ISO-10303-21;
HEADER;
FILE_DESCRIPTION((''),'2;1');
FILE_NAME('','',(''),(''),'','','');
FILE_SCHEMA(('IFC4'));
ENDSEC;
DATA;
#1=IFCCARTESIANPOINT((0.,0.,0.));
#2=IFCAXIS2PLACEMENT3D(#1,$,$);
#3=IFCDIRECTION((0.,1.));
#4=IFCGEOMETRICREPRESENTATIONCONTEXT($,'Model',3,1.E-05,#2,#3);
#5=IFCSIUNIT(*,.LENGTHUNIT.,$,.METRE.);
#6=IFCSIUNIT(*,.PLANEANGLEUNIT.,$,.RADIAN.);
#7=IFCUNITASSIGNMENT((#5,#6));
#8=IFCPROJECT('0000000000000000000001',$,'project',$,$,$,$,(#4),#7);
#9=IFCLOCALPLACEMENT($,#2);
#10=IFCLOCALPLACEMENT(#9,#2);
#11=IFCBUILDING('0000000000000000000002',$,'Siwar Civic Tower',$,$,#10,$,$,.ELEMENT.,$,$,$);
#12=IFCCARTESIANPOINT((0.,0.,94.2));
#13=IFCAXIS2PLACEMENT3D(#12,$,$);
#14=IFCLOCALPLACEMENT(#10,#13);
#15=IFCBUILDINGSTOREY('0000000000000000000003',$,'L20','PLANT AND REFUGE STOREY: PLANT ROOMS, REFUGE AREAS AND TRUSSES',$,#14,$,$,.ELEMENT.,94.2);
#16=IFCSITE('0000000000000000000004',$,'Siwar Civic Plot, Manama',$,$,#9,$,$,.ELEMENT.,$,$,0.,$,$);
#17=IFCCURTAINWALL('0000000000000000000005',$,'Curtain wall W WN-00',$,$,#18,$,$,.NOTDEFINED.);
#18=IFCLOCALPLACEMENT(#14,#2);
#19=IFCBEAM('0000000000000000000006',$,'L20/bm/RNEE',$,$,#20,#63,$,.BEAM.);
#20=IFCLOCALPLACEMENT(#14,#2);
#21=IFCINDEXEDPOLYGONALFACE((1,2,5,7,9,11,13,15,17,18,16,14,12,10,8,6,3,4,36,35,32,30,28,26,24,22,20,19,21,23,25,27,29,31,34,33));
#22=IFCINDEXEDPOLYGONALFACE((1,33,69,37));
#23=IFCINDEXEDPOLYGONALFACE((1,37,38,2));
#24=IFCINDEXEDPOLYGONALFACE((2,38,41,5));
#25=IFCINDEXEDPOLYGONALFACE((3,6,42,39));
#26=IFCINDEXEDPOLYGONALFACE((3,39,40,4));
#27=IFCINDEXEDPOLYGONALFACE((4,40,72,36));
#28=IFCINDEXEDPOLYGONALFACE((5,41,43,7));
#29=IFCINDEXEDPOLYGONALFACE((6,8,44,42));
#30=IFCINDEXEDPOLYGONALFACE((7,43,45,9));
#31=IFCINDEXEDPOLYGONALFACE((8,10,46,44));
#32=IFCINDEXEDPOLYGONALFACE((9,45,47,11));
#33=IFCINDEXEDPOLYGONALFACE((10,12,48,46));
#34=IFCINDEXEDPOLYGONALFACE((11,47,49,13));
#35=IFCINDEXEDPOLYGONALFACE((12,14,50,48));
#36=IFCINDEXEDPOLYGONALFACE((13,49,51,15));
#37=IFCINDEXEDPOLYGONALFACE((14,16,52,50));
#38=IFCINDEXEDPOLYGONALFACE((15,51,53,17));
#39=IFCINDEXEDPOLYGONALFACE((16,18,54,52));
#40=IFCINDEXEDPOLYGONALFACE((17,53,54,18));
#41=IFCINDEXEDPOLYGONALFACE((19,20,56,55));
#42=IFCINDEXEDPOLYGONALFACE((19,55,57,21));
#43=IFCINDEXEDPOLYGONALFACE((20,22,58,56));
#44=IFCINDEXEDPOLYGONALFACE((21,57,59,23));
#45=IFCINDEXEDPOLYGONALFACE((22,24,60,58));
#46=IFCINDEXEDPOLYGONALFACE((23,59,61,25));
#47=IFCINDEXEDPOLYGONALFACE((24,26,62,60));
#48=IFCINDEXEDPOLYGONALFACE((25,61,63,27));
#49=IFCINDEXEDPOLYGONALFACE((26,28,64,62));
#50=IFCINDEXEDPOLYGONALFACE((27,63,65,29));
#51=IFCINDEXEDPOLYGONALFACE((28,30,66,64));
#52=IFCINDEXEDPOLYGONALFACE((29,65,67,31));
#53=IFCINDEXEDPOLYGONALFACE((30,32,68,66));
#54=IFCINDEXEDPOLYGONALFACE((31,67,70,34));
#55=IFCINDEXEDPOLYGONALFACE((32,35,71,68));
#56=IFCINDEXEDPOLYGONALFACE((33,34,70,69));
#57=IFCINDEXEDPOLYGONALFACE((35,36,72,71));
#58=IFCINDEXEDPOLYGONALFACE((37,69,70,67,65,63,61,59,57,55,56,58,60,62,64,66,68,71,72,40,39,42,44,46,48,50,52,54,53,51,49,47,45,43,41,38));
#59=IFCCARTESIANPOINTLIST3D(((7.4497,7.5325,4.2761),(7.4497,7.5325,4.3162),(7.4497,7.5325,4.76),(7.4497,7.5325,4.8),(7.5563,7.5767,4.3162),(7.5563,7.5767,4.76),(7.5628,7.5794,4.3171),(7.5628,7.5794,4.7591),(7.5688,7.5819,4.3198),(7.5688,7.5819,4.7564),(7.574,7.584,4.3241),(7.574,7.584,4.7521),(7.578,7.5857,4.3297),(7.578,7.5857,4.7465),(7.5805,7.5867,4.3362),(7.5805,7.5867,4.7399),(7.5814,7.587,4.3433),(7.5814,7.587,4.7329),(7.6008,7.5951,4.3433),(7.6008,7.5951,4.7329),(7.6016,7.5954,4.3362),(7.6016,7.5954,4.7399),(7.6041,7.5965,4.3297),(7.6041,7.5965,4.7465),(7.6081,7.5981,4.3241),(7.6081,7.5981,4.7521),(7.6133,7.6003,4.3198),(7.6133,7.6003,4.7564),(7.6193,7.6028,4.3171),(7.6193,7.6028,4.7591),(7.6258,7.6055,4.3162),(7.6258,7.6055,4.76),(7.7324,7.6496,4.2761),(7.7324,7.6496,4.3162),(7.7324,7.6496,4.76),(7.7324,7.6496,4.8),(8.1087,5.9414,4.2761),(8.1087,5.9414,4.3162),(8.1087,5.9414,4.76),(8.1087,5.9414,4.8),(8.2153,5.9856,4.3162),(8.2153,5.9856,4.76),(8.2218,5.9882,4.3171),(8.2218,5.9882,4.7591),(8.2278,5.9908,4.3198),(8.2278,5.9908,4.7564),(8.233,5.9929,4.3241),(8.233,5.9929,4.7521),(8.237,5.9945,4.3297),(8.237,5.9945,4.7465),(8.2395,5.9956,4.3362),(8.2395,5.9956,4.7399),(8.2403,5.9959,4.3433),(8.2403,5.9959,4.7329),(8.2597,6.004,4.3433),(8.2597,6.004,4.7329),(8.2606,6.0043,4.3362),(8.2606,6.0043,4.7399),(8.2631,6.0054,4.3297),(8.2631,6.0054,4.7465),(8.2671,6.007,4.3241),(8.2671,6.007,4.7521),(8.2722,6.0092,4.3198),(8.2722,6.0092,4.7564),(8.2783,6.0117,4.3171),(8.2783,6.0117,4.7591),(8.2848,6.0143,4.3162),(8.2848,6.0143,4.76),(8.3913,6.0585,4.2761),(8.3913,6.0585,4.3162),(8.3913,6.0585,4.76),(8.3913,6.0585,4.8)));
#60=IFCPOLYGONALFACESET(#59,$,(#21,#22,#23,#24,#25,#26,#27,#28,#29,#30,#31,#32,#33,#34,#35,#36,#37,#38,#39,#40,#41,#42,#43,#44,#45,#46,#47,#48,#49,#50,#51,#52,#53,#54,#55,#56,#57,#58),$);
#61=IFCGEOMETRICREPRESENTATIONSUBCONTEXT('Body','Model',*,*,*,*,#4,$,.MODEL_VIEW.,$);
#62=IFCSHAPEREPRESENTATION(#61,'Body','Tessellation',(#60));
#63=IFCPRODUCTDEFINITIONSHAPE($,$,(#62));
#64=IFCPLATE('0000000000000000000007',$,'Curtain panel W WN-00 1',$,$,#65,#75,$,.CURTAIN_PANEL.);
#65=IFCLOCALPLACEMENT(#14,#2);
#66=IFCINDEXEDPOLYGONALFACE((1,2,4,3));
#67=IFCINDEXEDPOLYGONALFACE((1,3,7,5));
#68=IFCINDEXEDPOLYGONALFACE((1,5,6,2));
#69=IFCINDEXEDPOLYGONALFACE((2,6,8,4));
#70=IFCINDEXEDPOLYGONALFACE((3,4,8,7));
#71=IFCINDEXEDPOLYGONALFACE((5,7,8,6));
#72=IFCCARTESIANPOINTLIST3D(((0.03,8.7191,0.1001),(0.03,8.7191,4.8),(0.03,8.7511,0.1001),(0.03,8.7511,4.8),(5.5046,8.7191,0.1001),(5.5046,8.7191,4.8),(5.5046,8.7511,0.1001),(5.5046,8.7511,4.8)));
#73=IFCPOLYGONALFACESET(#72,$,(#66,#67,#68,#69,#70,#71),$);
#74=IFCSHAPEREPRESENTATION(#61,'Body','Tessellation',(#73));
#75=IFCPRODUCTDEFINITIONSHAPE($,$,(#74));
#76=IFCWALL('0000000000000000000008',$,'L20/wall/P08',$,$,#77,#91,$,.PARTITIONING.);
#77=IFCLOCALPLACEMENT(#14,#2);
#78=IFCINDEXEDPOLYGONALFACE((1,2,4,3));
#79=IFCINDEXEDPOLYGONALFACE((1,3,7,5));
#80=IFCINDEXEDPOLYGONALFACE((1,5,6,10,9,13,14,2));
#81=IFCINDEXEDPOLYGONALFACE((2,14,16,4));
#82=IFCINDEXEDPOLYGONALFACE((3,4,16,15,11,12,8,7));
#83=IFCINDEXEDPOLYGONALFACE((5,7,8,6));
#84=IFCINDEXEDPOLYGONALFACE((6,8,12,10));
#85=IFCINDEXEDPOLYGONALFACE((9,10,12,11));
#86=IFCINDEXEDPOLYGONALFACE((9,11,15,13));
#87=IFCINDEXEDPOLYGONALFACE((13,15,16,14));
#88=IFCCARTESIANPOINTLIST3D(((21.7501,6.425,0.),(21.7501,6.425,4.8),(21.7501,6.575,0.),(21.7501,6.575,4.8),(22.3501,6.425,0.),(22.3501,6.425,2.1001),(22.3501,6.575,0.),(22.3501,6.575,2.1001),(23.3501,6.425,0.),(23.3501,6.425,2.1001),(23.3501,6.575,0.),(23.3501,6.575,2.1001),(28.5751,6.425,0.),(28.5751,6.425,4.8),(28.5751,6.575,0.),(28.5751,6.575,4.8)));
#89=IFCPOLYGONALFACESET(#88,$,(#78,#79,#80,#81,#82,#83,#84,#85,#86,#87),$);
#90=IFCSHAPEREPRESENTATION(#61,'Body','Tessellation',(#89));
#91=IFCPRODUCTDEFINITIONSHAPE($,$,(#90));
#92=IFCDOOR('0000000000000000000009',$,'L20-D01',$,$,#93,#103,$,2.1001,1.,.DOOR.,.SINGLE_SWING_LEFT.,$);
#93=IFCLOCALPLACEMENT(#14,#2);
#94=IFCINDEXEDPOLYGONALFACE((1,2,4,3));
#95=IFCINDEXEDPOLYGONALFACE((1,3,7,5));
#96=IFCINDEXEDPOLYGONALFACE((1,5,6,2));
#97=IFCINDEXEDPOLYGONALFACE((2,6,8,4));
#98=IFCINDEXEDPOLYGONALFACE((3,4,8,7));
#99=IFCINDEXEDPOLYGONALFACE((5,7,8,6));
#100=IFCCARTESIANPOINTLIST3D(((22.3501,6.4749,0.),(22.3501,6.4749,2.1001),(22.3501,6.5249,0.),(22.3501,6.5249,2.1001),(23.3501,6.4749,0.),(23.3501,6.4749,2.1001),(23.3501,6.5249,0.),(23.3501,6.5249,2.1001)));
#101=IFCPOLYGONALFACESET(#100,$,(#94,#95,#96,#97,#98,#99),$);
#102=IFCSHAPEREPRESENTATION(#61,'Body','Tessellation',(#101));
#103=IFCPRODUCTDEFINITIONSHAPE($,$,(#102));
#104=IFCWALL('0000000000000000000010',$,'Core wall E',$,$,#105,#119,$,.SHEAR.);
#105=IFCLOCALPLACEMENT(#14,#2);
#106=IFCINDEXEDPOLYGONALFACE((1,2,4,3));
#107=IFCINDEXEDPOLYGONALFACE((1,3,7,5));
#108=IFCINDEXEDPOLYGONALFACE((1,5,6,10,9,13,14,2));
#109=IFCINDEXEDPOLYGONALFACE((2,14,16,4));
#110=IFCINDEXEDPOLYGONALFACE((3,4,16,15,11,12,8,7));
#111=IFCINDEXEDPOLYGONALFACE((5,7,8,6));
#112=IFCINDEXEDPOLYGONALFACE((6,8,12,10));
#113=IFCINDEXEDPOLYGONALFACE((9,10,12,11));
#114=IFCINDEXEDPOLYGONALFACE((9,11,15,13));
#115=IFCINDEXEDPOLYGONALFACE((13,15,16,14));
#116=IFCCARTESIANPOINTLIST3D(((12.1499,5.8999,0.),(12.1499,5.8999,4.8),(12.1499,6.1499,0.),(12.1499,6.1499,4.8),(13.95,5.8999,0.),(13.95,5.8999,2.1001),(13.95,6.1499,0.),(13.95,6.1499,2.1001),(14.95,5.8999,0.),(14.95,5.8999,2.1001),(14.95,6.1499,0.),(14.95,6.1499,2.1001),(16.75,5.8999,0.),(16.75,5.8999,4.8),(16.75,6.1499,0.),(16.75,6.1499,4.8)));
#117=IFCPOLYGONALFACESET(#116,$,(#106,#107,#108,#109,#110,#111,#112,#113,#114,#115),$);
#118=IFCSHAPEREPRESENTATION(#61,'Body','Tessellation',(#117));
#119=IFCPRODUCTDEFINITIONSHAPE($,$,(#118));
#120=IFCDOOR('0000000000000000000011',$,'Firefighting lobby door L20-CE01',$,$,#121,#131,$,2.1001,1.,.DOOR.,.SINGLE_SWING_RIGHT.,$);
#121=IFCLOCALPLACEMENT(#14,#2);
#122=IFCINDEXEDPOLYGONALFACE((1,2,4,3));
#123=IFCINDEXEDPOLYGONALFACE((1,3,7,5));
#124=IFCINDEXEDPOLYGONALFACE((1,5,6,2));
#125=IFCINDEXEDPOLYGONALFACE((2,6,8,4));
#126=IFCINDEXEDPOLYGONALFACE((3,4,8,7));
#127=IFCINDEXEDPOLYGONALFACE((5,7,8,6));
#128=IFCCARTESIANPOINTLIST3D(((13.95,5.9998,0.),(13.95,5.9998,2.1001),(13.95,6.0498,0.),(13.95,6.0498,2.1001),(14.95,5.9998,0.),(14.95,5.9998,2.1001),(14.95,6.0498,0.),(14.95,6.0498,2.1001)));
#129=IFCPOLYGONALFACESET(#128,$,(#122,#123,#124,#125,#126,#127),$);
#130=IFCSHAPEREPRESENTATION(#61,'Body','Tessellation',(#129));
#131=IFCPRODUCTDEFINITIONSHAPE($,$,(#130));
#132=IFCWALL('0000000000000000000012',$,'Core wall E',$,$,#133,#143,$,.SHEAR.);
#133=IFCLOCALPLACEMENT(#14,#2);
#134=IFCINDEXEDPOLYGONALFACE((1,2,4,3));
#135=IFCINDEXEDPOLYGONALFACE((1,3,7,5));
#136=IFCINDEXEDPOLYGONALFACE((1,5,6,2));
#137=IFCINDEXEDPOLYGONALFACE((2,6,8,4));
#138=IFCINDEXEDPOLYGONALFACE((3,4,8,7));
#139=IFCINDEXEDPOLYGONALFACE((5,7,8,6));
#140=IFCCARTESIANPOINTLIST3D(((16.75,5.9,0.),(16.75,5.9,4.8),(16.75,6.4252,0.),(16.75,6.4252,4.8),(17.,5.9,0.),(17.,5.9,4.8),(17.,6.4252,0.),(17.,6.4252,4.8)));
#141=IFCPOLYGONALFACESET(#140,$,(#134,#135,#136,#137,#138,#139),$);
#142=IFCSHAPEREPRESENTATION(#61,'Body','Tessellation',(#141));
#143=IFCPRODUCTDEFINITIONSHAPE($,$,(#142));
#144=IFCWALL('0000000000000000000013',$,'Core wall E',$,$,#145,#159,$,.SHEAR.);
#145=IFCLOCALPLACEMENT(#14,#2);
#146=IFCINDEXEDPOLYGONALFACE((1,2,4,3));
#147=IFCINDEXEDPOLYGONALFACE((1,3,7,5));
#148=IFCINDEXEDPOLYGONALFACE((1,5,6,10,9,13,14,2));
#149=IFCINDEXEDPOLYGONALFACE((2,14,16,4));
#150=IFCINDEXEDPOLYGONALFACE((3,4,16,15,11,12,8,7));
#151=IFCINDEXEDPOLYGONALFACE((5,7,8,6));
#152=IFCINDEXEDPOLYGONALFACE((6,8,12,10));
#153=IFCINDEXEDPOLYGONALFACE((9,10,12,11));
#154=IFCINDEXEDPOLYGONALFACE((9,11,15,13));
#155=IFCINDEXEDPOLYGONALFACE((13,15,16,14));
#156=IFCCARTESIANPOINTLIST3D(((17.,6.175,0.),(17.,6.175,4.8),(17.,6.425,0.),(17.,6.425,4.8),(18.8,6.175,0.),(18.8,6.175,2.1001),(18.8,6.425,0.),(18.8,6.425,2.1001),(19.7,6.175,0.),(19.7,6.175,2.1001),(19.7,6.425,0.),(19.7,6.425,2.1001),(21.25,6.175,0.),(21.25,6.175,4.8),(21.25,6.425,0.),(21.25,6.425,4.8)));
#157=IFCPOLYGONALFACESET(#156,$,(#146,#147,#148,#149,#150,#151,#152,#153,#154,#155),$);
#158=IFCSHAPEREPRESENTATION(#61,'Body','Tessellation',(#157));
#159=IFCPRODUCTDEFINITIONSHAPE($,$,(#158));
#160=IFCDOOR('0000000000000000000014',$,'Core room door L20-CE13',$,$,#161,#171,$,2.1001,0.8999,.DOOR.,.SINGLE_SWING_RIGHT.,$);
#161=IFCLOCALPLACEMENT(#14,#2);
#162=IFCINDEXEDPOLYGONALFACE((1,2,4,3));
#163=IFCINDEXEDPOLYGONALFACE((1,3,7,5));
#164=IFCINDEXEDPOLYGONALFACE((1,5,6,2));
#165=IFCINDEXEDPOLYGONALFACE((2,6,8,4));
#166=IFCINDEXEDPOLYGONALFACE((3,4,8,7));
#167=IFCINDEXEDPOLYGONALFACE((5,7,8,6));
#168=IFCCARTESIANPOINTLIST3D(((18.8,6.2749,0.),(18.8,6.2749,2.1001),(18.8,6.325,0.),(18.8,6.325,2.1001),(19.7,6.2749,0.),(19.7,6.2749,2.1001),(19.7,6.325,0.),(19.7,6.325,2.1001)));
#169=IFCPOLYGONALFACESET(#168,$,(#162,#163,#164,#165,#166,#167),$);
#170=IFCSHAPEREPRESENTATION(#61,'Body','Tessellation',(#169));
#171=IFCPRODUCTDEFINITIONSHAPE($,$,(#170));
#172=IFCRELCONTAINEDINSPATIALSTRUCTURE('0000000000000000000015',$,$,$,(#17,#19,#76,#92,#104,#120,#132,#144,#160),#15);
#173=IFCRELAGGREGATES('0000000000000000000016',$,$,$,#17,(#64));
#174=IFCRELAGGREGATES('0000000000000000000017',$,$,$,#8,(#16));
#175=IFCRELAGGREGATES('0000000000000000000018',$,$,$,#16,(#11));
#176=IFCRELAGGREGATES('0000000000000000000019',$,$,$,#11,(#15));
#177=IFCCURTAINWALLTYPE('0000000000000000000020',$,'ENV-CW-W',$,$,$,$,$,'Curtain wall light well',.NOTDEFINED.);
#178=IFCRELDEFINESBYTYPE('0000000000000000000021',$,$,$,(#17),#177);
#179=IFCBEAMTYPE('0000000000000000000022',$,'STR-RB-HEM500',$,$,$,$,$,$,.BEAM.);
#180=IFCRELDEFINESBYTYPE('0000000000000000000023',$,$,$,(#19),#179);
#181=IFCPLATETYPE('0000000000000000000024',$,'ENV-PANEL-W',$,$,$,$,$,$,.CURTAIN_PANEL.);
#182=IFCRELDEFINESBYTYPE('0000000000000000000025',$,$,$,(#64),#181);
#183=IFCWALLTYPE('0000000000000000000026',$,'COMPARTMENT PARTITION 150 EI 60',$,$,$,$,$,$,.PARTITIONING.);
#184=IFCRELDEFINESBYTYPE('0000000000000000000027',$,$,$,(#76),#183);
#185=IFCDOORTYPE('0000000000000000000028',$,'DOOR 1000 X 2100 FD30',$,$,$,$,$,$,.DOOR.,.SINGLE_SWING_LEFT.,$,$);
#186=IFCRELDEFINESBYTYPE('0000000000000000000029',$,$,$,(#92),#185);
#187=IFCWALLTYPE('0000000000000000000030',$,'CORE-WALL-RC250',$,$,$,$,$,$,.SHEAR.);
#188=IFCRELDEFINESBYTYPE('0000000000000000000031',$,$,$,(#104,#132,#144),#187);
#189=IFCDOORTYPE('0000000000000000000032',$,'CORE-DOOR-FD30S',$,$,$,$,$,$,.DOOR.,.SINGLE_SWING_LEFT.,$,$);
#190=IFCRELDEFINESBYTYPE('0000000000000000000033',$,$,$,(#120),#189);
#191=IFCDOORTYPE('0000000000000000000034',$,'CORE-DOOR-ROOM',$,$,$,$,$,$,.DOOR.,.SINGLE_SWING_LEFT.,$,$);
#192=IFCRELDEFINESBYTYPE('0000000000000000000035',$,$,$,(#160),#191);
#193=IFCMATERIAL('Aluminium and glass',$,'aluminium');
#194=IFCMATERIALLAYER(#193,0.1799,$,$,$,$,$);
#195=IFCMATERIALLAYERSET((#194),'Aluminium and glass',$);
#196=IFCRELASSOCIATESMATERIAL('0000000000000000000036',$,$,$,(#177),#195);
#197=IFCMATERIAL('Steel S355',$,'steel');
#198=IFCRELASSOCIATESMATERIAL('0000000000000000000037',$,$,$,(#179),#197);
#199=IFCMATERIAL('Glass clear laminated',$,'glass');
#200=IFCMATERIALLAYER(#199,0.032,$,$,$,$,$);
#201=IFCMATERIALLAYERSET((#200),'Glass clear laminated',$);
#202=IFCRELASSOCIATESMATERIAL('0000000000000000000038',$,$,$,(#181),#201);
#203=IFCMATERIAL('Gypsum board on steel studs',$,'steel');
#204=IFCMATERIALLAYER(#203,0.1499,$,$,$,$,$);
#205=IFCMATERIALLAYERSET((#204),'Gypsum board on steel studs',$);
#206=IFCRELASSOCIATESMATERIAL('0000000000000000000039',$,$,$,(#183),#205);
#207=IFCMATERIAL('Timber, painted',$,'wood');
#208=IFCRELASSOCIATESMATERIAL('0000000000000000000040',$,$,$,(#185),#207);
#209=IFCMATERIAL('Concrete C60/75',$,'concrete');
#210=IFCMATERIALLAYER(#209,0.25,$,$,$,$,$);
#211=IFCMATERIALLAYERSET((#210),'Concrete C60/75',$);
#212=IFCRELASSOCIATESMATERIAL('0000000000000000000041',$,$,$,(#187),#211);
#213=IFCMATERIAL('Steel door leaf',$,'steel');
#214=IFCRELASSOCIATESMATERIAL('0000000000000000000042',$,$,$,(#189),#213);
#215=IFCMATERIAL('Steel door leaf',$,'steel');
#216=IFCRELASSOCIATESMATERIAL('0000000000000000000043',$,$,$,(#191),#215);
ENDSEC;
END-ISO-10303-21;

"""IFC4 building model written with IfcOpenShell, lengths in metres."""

from ifc_helpers import new_model, si_unit, direction, frame, frame_2d, origin, origin_2d, place, context, subcontext, project, spatial, rectangle, i_section, extrude, material, layer, layer_set, material_profile, profile_set, type_object, element, fill, aggregate, save


model = new_model("IFC4")

# Units and contexts
model_context = context("Model", 3, precision=1e-05, world=origin(), true_north=direction((0.0, 1.0)))
body_context = subcontext(model_context, "Body", "Model", "MODEL_VIEW")
ifc_project = project(units=[si_unit("LENGTHUNIT", "METRE"), si_unit("PLANEANGLEUNIT", "RADIAN")], contexts=[model_context])

# Site, building, storey
site_placement = place(None, origin())
site = spatial("IfcSite", under=ifc_project, at=site_placement, Name="Siwar Civic Plot, Manama", CompositionType="ELEMENT", RefElevation=0.0)
building_placement = place(site_placement, origin())
building = spatial("IfcBuilding", under=site, at=building_placement, Name="Siwar Civic Tower", CompositionType="ELEMENT")
storey_placement = place(building_placement, frame((0.0, 0.0, 94.2)))
storey = spatial("IfcBuildingStorey", under=building, at=storey_placement, Name="L20", Description="PLANT AND REFUGE STOREY: PLANT ROOMS, REFUGE AREAS AND TRUSSES", CompositionType="ELEMENT", Elevation=94.2)

# Curtain wall
ifc_material_1 = material(Name="Aluminium and glass", Category="aluminium")
ifc_layer_1 = layer(ifc_material_1, 0.1799)
ifc_layer_set_1 = layer_set([ifc_layer_1], Name="Aluminium and glass")
curtain_wall_type = type_object("IfcCurtainWallType", Name="ENV-CW-W", ElementType="Curtain wall light well", PredefinedType="NOTDEFINED", material=ifc_layer_set_1)
curtain_wall_placement = place(storey_placement, origin())
curtain_wall = element("IfcCurtainWall", 1, at=curtain_wall_placement, inside=storey, type_object=curtain_wall_type, Name="Curtain wall W WN-00", PredefinedType="NOTDEFINED")

# Beam
ifc_material_2 = material(Name="Steel S355", Category="steel")
ifc_material_profile_1 = material_profile(ifc_material_2, i_section(OverallWidth=0.3059, OverallDepth=0.5239, WebThickness=0.021, FlangeThickness=0.04, FilletRadius=0.0271, at=origin_2d()), Name="HEM500")
ifc_profile_set_1 = profile_set([ifc_material_profile_1], Name="Steel S355")
beam_type_1 = type_object("IfcBeamType", Name="STR-RB-HEM500", PredefinedType="BEAM", material=ifc_profile_set_1)
for number, where, z_axis, x_axis, name in (
    (2, (7.5911, 7.5911, 4.5381), (0.382631, -0.923901, 0.0), (0.923901, 0.382631, 0.0), "L20/bm/RNEE"),
):
    element("IfcBeam", number, at=place(storey_placement, frame(where, z_axis=z_axis, x_axis=x_axis)), inside=storey, type_object=beam_type_1, Name=name, PredefinedType="BEAM", context=body_context, shape_type="SweptSolid", body=[
        extrude(i_section(OverallWidth=0.3059, OverallDepth=0.5239, WebThickness=0.021, FlangeThickness=0.04, FilletRadius=0.0271, at=origin_2d()), origin(), (0.0, 0.0, 1.0), 1.7222),
    ])

# Plate
ifc_material_3 = material(Name="Glass clear laminated", Category="glass")
ifc_layer_2 = layer(ifc_material_3, 0.032)
ifc_layer_set_2 = layer_set([ifc_layer_2], Name="Glass clear laminated")
plate_type = type_object("IfcPlateType", Name="ENV-PANEL-W", PredefinedType="CURTAIN_PANEL", material=ifc_layer_set_2)
plate_placement = place(storey_placement, frame((2.7673, 8.7351, 0.1001), z_axis=(0.0, 0.0, 1.0), x_axis=(-1.0, 0.0, 0.0)))
plate = element("IfcPlate", 3, at=plate_placement, type_object=plate_type, Name="Curtain panel W WN-00 1", PredefinedType="CURTAIN_PANEL", context=body_context, shape_type="SweptSolid", body=[
    extrude(rectangle(XDim=5.4746, YDim=0.032, at=origin_2d()), origin(), (0.0, 0.0, 1.0), 4.7),
])
aggregate(curtain_wall, [plate])

# Walls, openings, doors
ifc_material_4 = material(Name="Gypsum board on steel studs", Category="steel")
ifc_layer_3 = layer(ifc_material_4, 0.1499)
ifc_layer_set_3 = layer_set([ifc_layer_3], Name="Gypsum board on steel studs")
wall_type_1 = type_object("IfcWallType", Name="COMPARTMENT PARTITION 150 EI 60", PredefinedType="PARTITIONING", material=ifc_layer_set_3)
wall_1_placement = place(storey_placement, frame((21.75, 6.5, 0.0), z_axis=(0.0, 0.0, 1.0), x_axis=(1.0, 0.0, 0.0)))
wall_1 = element("IfcWall", 4, at=wall_1_placement, inside=storey, type_object=wall_type_1, Name="L20/wall/P08", PredefinedType="PARTITIONING", context=body_context, shape_type="SweptSolid", body=[
    extrude(rectangle(XDim=6.825, YDim=0.1499, at=frame_2d((3.4126, 0.0))), origin(), (0.0, 0.0, 1.0), 4.8),
])
opening_1_placement = place(wall_1_placement, frame((0.6001, 0.0, 0.0)))
opening_1 = element("IfcOpeningElement", 5, at=opening_1_placement, cuts=wall_1, PredefinedType="OPENING", context=body_context, shape_type="SweptSolid", body=[
    extrude(rectangle(XDim=1.0, YDim=2.1001, at=frame_2d((0.5, 1.05))), frame((0.0, 0.085, 0.0), z_axis=(0.0, -1.0, 0.0), x_axis=(1.0, 0.0, 0.0)), (0.0, 0.0, 1.0), 0.1699),
])
ifc_material_5 = material(Name="Timber, painted", Category="wood")
door_type_1 = type_object("IfcDoorType", Name="DOOR 1000 X 2100 FD30", OperationType="SINGLE_SWING_LEFT", PredefinedType="DOOR", material=ifc_material_5)
door_1_placement = place(opening_1_placement, origin())
door_1 = element("IfcDoor", 6, at=door_1_placement, inside=storey, type_object=door_type_1, Name="L20-D01", OperationType="SINGLE_SWING_LEFT", OverallHeight=2.1001, OverallWidth=1.0, PredefinedType="DOOR", context=body_context, shape_type="SweptSolid", body=[
    extrude(rectangle(XDim=1.0, YDim=2.1001, at=frame_2d((0.5, 1.05))), frame((0.0, 0.0249, 0.0), z_axis=(0.0, -1.0, 0.0), x_axis=(1.0, 0.0, 0.0)), (0.0, 0.0, 1.0), 0.05),
])
fill(opening_1, door_1)
ifc_material_6 = material(Name="Concrete C60/75", Category="concrete")
ifc_layer_4 = layer(ifc_material_6, 0.25)
ifc_layer_set_4 = layer_set([ifc_layer_4], Name="Concrete C60/75")
wall_type_2 = type_object("IfcWallType", Name="CORE-WALL-RC250", PredefinedType="SHEAR", material=ifc_layer_set_4)
wall_2_placement = place(storey_placement, frame((12.1499, 6.0249, 0.0), z_axis=(0.0, 0.0, 1.0), x_axis=(1.0, 0.0, 0.0)))
wall_2 = element("IfcWall", 7, at=wall_2_placement, inside=storey, type_object=wall_type_2, Name="Core wall E", PredefinedType="SHEAR", context=body_context, shape_type="SweptSolid", body=[
    extrude(rectangle(XDim=4.6001, YDim=0.25, at=frame_2d((2.3, 0.0))), origin(), (0.0, 0.0, 1.0), 4.8),
])
opening_2_placement = place(wall_2_placement, frame((1.8, 0.0, 0.0)))
opening_2 = element("IfcOpeningElement", 8, at=opening_2_placement, cuts=wall_2, PredefinedType="OPENING", context=body_context, shape_type="SweptSolid", body=[
    extrude(rectangle(XDim=1.0, YDim=2.1001, at=frame_2d((0.5, 1.05))), frame((0.0, 0.135, 0.0), z_axis=(0.0, -1.0, 0.0), x_axis=(1.0, 0.0, 0.0)), (0.0, 0.0, 1.0), 0.27),
])
ifc_material_7 = material(Name="Steel door leaf", Category="steel")
door_type_2 = type_object("IfcDoorType", Name="CORE-DOOR-FD30S", OperationType="SINGLE_SWING_LEFT", PredefinedType="DOOR", material=ifc_material_7)
door_2_placement = place(opening_2_placement, origin())
door_2 = element("IfcDoor", 9, at=door_2_placement, inside=storey, type_object=door_type_2, Name="Firefighting lobby door L20-CE01", OperationType="SINGLE_SWING_RIGHT", OverallHeight=2.1001, OverallWidth=1.0, PredefinedType="DOOR", context=body_context, shape_type="SweptSolid", body=[
    extrude(rectangle(XDim=1.0, YDim=2.1001, at=frame_2d((0.5, 1.05))), frame((0.0, 0.0249, 0.0), z_axis=(0.0, -1.0, 0.0), x_axis=(1.0, 0.0, 0.0)), (0.0, 0.0, 1.0), 0.05),
])
fill(opening_2, door_2)

# Wall
wall_3_placement = place(storey_placement, frame((16.875, 5.8999, 0.0), z_axis=(0.0, 0.0, 1.0), x_axis=(0.0, 1.0, 0.0)))
element("IfcWall", 10, at=wall_3_placement, inside=storey, type_object=wall_type_2, Name="Core wall E", PredefinedType="SHEAR", context=body_context, shape_type="SweptSolid", body=[
    extrude(rectangle(XDim=0.5251, YDim=0.25, at=frame_2d((0.2627, 0.0))), origin(), (0.0, 0.0, 1.0), 4.8),
])

# Wall, opening, door
wall_4_placement = place(storey_placement, frame((17.0, 6.3, 0.0), z_axis=(0.0, 0.0, 1.0), x_axis=(1.0, 0.0, 0.0)))
wall_4 = element("IfcWall", 11, at=wall_4_placement, inside=storey, type_object=wall_type_2, Name="Core wall E", PredefinedType="SHEAR", context=body_context, shape_type="SweptSolid", body=[
    extrude(rectangle(XDim=4.25, YDim=0.25, at=frame_2d((2.125, 0.0))), origin(), (0.0, 0.0, 1.0), 4.8),
])
opening_3_placement = place(wall_4_placement, frame((1.8, 0.0, 0.0)))
opening_3 = element("IfcOpeningElement", 12, at=opening_3_placement, cuts=wall_4, PredefinedType="OPENING", context=body_context, shape_type="SweptSolid", body=[
    extrude(rectangle(XDim=0.8999, YDim=2.1001, at=frame_2d((0.45, 1.05))), frame((0.0, 0.135, 0.0), z_axis=(0.0, -1.0, 0.0), x_axis=(1.0, 0.0, 0.0)), (0.0, 0.0, 1.0), 0.27),
])
ifc_material_8 = material(Name="Steel door leaf", Category="steel")
door_type_3 = type_object("IfcDoorType", Name="CORE-DOOR-ROOM", OperationType="SINGLE_SWING_LEFT", PredefinedType="DOOR", material=ifc_material_8)
door_3_placement = place(opening_3_placement, origin())
door_3 = element("IfcDoor", 13, at=door_3_placement, inside=storey, type_object=door_type_3, Name="Core room door L20-CE13", OperationType="SINGLE_SWING_RIGHT", OverallHeight=2.1001, OverallWidth=0.8999, PredefinedType="DOOR", context=body_context, shape_type="SweptSolid", body=[
    extrude(rectangle(XDim=0.8999, YDim=2.1001, at=frame_2d((0.45, 1.05))), frame((0.0, 0.0249, 0.0), z_axis=(0.0, -1.0, 0.0), x_axis=(1.0, 0.0, 0.0)), (0.0, 0.0, 1.0), 0.05),
])
fill(opening_3, door_3)

save(model, "model.ifc")
